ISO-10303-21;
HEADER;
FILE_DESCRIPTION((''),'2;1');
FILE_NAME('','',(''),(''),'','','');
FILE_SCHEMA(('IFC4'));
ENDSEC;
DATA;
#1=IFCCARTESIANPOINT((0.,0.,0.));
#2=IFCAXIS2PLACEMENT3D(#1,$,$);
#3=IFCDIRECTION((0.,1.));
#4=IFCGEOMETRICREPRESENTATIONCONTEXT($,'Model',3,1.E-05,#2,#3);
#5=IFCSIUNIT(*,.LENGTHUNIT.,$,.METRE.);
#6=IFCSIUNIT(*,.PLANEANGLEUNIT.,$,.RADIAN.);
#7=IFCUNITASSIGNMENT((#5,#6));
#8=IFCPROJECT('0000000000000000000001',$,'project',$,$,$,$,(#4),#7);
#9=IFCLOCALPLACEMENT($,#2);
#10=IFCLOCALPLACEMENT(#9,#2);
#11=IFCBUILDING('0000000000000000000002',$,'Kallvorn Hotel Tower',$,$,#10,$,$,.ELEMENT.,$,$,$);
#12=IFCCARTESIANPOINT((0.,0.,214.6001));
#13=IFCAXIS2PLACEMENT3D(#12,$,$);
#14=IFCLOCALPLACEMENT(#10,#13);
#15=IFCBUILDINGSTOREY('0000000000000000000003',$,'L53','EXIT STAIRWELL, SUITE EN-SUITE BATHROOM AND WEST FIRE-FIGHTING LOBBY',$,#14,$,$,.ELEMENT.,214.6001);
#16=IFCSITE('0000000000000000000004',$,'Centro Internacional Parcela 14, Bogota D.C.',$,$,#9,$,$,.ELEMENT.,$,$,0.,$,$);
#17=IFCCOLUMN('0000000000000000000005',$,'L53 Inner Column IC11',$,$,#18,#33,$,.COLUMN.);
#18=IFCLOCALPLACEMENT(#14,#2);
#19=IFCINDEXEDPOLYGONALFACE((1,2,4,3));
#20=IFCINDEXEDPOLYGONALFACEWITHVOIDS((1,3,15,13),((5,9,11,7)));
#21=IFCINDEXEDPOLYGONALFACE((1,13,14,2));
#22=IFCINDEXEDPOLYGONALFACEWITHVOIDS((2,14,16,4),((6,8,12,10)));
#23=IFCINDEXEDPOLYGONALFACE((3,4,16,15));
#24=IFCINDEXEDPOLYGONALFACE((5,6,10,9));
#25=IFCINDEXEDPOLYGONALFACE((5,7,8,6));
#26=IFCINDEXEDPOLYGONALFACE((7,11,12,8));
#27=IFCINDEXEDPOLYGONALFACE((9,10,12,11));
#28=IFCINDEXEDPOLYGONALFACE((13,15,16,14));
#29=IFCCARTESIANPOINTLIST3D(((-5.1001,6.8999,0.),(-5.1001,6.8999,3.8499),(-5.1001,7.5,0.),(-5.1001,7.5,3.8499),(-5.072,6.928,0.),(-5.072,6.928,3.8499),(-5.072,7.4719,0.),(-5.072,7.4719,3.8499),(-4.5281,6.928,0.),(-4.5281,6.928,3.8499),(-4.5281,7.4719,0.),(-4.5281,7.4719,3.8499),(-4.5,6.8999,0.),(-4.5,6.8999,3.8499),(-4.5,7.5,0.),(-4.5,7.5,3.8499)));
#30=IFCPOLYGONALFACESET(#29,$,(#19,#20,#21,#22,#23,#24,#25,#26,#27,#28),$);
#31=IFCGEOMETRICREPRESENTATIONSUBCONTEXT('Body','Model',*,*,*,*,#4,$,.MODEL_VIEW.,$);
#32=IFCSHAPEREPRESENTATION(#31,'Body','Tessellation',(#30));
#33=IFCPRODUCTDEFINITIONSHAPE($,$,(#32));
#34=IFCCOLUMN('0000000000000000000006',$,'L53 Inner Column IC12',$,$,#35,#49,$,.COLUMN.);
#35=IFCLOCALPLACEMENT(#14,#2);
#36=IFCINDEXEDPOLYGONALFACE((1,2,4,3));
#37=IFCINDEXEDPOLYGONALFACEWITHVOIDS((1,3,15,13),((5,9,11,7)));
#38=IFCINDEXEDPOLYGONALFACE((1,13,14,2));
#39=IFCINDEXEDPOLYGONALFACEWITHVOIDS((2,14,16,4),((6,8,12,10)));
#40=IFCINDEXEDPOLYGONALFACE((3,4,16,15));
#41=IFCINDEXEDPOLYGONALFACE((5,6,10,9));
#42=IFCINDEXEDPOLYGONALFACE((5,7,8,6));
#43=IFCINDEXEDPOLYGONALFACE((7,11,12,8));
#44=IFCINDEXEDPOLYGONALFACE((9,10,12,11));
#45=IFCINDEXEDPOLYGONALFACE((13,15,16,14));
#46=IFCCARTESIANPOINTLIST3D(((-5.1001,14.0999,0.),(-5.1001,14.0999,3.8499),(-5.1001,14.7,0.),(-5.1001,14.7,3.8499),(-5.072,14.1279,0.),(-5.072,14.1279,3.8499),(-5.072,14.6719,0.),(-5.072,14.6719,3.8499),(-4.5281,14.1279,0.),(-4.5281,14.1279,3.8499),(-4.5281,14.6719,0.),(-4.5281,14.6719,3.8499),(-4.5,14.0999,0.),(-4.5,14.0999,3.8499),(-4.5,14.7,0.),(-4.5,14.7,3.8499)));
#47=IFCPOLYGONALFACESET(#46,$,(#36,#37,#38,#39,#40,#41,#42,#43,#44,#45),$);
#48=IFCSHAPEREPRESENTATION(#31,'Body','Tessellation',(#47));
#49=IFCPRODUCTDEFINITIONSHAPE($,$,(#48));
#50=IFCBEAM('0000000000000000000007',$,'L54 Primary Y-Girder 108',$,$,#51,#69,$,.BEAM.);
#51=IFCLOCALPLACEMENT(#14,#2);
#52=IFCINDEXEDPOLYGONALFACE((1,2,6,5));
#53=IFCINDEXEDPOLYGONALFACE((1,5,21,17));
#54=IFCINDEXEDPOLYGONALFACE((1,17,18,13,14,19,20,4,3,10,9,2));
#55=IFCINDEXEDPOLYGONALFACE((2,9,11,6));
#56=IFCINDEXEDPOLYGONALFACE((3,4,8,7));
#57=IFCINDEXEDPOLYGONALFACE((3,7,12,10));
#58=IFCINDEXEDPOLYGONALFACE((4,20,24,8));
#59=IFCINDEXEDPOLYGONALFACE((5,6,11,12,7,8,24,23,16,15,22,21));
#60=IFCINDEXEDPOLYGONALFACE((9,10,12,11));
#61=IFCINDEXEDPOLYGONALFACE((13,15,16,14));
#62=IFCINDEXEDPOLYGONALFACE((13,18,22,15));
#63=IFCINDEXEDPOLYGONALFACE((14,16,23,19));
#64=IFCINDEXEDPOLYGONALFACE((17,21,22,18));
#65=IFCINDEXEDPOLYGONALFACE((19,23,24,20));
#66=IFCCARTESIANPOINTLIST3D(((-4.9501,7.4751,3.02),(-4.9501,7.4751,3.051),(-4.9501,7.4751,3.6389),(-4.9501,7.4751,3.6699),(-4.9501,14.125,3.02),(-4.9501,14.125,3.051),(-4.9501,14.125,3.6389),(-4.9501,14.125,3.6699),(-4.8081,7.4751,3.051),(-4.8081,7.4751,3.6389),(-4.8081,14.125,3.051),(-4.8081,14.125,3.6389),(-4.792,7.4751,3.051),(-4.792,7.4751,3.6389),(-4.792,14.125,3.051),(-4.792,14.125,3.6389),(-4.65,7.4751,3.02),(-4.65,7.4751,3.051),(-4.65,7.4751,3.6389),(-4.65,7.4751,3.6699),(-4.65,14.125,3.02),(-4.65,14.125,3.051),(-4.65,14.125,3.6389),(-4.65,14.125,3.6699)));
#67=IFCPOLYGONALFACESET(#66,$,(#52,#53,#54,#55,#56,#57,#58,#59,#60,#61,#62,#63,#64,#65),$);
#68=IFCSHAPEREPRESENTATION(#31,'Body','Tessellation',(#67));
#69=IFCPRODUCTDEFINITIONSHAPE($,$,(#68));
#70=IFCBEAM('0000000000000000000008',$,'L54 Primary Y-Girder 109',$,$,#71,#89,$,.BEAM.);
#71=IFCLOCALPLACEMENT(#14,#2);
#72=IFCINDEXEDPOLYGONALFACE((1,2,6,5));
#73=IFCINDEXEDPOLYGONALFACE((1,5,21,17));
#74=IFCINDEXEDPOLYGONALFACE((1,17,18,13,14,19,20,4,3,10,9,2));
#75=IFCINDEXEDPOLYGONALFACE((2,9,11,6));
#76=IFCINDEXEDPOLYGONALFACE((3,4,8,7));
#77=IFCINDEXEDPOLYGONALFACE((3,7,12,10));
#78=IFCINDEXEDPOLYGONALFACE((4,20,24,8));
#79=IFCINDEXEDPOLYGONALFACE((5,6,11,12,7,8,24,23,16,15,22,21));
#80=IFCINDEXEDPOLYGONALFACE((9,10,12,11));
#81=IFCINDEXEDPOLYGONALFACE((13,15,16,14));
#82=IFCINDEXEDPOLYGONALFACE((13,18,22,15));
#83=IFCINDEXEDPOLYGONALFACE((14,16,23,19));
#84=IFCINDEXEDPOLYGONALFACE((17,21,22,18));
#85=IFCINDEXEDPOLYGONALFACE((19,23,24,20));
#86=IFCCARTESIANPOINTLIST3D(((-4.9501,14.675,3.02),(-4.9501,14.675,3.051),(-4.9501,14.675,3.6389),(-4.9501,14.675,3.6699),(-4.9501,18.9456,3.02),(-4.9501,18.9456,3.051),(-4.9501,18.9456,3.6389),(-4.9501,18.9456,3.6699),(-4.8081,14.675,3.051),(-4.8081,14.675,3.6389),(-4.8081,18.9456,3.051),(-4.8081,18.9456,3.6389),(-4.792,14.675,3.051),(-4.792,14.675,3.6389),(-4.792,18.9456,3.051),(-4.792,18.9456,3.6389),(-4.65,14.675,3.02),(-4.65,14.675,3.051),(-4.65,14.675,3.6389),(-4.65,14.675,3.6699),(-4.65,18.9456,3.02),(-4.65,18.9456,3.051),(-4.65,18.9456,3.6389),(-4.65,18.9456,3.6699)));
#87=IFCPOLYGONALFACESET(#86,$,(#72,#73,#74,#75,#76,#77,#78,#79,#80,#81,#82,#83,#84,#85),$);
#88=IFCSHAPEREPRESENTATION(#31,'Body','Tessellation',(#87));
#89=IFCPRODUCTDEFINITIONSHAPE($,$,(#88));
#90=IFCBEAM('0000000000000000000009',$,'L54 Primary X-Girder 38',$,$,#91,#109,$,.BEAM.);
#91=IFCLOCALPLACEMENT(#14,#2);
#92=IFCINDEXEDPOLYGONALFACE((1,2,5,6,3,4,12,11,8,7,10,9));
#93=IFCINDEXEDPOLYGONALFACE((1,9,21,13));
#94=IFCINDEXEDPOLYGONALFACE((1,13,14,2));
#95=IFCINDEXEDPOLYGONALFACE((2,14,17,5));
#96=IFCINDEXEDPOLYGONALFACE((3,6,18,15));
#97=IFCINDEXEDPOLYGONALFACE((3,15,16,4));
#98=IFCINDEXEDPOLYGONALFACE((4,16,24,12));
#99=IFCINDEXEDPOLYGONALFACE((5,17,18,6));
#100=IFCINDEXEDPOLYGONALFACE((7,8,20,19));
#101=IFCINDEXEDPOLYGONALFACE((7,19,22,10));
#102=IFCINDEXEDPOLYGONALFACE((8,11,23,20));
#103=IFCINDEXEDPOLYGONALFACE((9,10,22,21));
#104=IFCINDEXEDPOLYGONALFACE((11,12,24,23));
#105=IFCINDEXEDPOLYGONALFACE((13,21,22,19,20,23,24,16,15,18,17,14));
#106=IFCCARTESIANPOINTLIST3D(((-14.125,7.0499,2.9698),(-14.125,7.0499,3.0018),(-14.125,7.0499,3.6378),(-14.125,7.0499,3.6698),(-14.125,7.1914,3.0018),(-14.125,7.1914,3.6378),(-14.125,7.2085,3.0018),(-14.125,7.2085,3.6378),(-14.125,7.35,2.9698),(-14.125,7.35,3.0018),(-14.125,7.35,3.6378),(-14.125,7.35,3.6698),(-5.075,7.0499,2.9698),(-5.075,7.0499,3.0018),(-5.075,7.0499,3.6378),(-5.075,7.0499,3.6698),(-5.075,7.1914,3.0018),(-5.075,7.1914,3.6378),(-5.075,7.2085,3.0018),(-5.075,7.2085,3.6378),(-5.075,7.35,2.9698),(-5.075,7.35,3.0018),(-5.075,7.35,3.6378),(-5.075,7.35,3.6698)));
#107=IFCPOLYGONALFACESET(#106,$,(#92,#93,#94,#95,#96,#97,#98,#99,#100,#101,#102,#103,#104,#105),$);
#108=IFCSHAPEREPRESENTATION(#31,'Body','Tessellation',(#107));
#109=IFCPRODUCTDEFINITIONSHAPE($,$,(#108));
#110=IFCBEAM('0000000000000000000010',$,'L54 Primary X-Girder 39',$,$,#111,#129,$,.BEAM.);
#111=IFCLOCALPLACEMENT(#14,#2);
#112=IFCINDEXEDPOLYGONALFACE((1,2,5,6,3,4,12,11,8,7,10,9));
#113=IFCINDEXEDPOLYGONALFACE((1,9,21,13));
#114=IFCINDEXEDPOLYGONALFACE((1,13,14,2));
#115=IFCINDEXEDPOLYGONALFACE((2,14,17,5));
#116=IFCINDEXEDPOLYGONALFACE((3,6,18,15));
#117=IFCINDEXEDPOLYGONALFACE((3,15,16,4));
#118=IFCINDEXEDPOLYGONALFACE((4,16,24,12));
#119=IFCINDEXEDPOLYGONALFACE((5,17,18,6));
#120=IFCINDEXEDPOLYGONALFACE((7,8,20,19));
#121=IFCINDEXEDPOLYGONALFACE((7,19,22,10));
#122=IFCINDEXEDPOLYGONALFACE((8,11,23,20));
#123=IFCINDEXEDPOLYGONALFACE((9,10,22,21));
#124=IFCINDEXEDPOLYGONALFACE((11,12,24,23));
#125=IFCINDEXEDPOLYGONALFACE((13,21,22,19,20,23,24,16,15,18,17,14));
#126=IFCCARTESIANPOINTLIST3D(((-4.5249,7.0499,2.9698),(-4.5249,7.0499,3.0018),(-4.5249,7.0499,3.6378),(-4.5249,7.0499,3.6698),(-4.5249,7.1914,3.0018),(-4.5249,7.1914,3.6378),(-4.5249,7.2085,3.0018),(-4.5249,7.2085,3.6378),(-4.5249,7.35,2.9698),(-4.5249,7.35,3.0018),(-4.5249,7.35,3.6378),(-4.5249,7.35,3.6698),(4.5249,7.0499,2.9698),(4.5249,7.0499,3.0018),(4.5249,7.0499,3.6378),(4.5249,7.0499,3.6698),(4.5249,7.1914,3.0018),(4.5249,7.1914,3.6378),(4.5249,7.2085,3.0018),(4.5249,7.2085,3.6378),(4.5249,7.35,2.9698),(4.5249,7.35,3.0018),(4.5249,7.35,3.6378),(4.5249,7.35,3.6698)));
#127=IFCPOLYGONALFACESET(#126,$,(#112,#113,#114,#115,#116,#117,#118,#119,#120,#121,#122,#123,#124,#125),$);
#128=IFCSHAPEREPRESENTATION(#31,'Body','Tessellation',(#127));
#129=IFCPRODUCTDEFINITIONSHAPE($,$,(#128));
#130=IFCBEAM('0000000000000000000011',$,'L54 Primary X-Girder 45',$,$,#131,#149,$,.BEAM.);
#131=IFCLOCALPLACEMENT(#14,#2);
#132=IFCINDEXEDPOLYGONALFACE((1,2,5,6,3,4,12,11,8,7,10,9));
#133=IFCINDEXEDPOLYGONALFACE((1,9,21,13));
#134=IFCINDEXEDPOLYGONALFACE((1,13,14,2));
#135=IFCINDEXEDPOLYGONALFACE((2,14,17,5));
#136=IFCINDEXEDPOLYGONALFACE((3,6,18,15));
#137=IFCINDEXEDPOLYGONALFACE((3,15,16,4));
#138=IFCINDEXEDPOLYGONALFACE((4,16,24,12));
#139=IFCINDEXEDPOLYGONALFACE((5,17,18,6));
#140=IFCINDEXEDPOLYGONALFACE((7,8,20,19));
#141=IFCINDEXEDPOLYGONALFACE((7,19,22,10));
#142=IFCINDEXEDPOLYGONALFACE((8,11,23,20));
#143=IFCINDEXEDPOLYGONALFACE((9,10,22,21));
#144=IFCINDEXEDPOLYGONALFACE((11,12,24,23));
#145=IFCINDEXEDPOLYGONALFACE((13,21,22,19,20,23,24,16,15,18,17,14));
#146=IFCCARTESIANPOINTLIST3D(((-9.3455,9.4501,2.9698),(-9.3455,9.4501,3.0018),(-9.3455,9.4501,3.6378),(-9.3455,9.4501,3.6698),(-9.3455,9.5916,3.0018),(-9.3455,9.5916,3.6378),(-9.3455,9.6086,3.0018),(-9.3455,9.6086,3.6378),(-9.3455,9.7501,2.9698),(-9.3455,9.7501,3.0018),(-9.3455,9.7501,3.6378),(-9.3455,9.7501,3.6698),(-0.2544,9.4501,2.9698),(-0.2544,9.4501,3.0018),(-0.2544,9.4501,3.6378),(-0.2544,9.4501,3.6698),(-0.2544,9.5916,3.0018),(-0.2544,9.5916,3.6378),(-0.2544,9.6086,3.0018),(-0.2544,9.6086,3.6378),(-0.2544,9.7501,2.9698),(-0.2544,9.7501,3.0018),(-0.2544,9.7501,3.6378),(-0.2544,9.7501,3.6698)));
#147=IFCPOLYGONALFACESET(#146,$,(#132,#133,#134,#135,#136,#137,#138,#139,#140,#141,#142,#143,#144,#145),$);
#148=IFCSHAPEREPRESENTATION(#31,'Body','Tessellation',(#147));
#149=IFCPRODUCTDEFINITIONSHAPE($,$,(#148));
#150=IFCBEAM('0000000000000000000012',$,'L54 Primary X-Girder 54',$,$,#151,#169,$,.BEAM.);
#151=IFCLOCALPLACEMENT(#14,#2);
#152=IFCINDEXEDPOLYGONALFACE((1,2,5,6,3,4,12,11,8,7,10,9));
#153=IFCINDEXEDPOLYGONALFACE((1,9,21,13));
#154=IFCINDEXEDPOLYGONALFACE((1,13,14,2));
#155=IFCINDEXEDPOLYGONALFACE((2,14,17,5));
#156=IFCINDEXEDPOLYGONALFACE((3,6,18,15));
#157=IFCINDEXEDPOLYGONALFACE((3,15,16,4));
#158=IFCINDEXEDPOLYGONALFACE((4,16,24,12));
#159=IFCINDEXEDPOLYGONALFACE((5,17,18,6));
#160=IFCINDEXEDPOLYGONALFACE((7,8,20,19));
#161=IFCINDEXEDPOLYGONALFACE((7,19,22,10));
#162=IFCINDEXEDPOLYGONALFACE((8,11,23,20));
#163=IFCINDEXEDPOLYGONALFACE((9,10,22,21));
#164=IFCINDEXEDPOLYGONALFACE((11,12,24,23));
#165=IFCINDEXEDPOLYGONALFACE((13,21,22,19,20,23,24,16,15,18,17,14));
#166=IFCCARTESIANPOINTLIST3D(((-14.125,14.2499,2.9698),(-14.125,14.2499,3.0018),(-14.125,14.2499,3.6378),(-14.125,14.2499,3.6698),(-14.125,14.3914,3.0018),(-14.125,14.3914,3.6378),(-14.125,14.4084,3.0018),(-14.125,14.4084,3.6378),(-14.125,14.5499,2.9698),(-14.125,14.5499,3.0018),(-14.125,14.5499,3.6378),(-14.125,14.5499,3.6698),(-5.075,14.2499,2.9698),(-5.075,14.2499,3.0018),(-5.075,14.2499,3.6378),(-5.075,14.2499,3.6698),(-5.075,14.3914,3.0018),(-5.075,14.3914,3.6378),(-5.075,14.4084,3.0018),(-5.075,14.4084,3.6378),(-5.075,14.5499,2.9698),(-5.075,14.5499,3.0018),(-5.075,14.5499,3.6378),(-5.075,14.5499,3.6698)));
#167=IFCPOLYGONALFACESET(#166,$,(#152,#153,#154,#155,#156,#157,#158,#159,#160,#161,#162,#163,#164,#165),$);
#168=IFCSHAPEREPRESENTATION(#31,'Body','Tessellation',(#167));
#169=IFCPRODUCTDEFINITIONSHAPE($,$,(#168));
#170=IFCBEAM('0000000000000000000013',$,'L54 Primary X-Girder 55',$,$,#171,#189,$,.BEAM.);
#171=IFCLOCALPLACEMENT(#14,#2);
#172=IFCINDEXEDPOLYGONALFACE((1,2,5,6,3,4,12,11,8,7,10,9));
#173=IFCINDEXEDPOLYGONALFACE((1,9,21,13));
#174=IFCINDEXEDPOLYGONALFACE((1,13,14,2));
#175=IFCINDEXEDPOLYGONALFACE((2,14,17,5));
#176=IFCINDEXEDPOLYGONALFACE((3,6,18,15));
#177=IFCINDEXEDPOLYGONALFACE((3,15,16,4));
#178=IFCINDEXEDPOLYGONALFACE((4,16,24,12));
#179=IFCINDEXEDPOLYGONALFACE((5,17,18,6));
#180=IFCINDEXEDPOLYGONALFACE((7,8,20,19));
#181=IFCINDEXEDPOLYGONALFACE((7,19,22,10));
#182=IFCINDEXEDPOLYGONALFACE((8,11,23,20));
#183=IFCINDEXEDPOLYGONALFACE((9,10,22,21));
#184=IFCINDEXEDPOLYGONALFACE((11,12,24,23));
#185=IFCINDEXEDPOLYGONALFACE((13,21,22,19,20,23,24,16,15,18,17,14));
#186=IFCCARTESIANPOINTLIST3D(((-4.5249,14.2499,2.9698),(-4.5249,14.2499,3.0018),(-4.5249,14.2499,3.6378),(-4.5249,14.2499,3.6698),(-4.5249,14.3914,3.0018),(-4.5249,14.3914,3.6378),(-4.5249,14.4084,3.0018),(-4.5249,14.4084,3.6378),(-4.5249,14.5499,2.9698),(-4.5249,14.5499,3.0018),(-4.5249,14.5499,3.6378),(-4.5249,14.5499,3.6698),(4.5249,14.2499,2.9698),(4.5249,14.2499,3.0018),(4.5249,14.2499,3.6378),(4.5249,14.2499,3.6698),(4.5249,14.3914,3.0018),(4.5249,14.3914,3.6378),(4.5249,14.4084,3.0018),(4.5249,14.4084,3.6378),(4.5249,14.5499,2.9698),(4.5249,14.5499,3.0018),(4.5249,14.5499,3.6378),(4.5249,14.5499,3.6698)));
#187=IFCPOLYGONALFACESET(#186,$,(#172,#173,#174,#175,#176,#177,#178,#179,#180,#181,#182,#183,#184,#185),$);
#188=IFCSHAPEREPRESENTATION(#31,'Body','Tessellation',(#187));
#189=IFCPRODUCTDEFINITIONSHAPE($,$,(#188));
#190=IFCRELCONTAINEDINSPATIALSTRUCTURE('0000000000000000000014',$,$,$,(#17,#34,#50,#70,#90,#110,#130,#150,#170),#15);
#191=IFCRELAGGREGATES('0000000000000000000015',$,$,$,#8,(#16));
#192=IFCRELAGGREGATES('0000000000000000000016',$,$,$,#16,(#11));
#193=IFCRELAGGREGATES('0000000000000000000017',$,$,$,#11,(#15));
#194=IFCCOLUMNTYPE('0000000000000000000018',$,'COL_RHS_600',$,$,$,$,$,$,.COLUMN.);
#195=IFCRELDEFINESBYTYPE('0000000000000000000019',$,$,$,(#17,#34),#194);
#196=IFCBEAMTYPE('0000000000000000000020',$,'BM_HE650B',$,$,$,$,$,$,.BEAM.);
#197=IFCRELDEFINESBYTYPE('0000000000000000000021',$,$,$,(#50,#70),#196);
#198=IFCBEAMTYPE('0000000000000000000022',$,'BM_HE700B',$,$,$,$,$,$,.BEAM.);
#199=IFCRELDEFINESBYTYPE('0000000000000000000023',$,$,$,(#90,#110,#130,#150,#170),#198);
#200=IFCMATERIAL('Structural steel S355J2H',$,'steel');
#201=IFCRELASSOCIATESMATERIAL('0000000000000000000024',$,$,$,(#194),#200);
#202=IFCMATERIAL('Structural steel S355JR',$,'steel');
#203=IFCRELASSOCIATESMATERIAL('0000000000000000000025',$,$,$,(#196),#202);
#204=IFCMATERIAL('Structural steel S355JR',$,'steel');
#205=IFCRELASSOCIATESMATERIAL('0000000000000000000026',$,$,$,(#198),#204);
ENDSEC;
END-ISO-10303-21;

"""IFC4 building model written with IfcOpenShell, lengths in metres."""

from ifc_helpers import new_model, si_unit, direction, frame, origin, origin_2d, place, context, subcontext, project, spatial, hollow_rectangle, i_section, extrude, material, material_profile, profile_set, type_object, element, save


model = new_model("IFC4")

# Units and contexts
model_context = context("Model", 3, precision=1e-05, world=origin(), true_north=direction((0.0, 1.0)))
body_context = subcontext(model_context, "Body", "Model", "MODEL_VIEW")
ifc_project = project(units=[si_unit("LENGTHUNIT", "METRE"), si_unit("PLANEANGLEUNIT", "RADIAN")], contexts=[model_context])

# Site, building, storey
site_placement = place(None, origin())
site = spatial("IfcSite", under=ifc_project, at=site_placement, Name="Centro Internacional Parcela 14, Bogota D.C.", CompositionType="ELEMENT", RefElevation=0.0)
building_placement = place(site_placement, origin())
building = spatial("IfcBuilding", under=site, at=building_placement, Name="Kallvorn Hotel Tower", CompositionType="ELEMENT")
storey_placement = place(building_placement, frame((0.0, 0.0, 214.6001)))
storey = spatial("IfcBuildingStorey", under=building, at=storey_placement, Name="L53", Description="EXIT STAIRWELL, SUITE EN-SUITE BATHROOM AND WEST FIRE-FIGHTING LOBBY", CompositionType="ELEMENT", Elevation=214.6001)

# Columns
ifc_material_1 = material(Name="Structural steel S355J2H", Category="steel")
ifc_material_profile_1 = material_profile(ifc_material_1, hollow_rectangle(XDim=0.6001, YDim=0.6001, WallThickness=0.0281, at=origin_2d()), Name="RHS 600x600x28")
ifc_profile_set_1 = profile_set([ifc_material_profile_1], Name="Structural steel S355J2H")
column_type_1 = type_object("IfcColumnType", Name="COL_RHS_600", PredefinedType="COLUMN", material=ifc_profile_set_1)
for number, where, z_axis, x_axis, name in (
    (1, (-4.8, 7.2, 0.0), (0.0, 0.0, 1.0), (1.0, 0.0, 0.0), "L53 Inner Column IC11"),
    (2, (-4.8, 14.3999, 0.0), (0.0, 0.0, 1.0), (1.0, 0.0, 0.0), "L53 Inner Column IC12"),
):
    element("IfcColumn", number, at=place(storey_placement, frame(where, z_axis=z_axis, x_axis=x_axis)), inside=storey, type_object=column_type_1, Name=name, PredefinedType="COLUMN", context=body_context, shape_type="SweptSolid", body=[
        extrude(hollow_rectangle(XDim=0.6001, YDim=0.6001, WallThickness=0.0281, at=origin_2d()), origin(), (0.0, 0.0, 1.0), 3.8499),
    ])

# Beams
ifc_material_2 = material(Name="Structural steel S355JR", Category="steel")
ifc_material_profile_2 = material_profile(ifc_material_2, i_section(OverallWidth=0.3, OverallDepth=0.6499, WebThickness=0.0161, FlangeThickness=0.031, at=origin_2d()), Name="HE 650 B")
ifc_profile_set_2 = profile_set([ifc_material_profile_2], Name="Structural steel S355JR")
beam_type_1 = type_object("IfcBeamType", Name="BM_HE650B", PredefinedType="BEAM", material=ifc_profile_set_2)
beam_1_placement = place(storey_placement, frame((-4.8, 7.4751, 3.345), z_axis=(0.0, 1.0, 0.0), x_axis=(-1.0, 0.0, 0.0)))
element("IfcBeam", 3, at=beam_1_placement, inside=storey, type_object=beam_type_1, Name="L54 Primary Y-Girder 108", PredefinedType="BEAM", context=body_context, shape_type="SweptSolid", body=[
    extrude(i_section(OverallWidth=0.3, OverallDepth=0.6499, WebThickness=0.0161, FlangeThickness=0.031, at=origin_2d()), origin(), (0.0, 0.0, 1.0), 6.6499),
])
beam_2_placement = place(storey_placement, frame((-4.8, 14.675, 3.345), z_axis=(0.0, 1.0, 0.0), x_axis=(-1.0, 0.0, 0.0)))
element("IfcBeam", 4, at=beam_2_placement, inside=storey, type_object=beam_type_1, Name="L54 Primary Y-Girder 109", PredefinedType="BEAM", context=body_context, shape_type="SweptSolid", body=[
    extrude(i_section(OverallWidth=0.3, OverallDepth=0.6499, WebThickness=0.0161, FlangeThickness=0.031, at=origin_2d()), origin(), (0.0, 0.0, 1.0), 4.2705),
])
ifc_material_3 = material(Name="Structural steel S355JR", Category="steel")
ifc_material_profile_3 = material_profile(ifc_material_3, i_section(OverallWidth=0.3, OverallDepth=0.7, WebThickness=0.0171, FlangeThickness=0.032, at=origin_2d()), Name="HE 700 B")
ifc_profile_set_3 = profile_set([ifc_material_profile_3], Name="Structural steel S355JR")
beam_type_2 = type_object("IfcBeamType", Name="BM_HE700B", PredefinedType="BEAM", material=ifc_profile_set_3)
beam_3_placement = place(storey_placement, frame((-14.125, 7.2, 3.3198), z_axis=(1.0, 0.0, 0.0), x_axis=(0.0, 1.0, 0.0)))
element("IfcBeam", 5, at=beam_3_placement, inside=storey, type_object=beam_type_2, Name="L54 Primary X-Girder 38", PredefinedType="BEAM", context=body_context, shape_type="SweptSolid", body=[
    extrude(i_section(OverallWidth=0.3, OverallDepth=0.7, WebThickness=0.0171, FlangeThickness=0.032, at=origin_2d()), origin(), (0.0, 0.0, 1.0), 9.05),
])
beam_4_placement = place(storey_placement, frame((-4.5249, 7.2, 3.3198), z_axis=(1.0, 0.0, 0.0), x_axis=(0.0, 1.0, 0.0)))
element("IfcBeam", 6, at=beam_4_placement, inside=storey, type_object=beam_type_2, Name="L54 Primary X-Girder 39", PredefinedType="BEAM", context=body_context, shape_type="SweptSolid", body=[
    extrude(i_section(OverallWidth=0.3, OverallDepth=0.7, WebThickness=0.0171, FlangeThickness=0.032, at=origin_2d()), origin(), (0.0, 0.0, 1.0), 9.0498),
])
beam_5_placement = place(storey_placement, frame((-9.3455, 9.6001, 3.3198), z_axis=(1.0, 0.0, 0.0), x_axis=(0.0, 1.0, 0.0)))
element("IfcBeam", 7, at=beam_5_placement, inside=storey, type_object=beam_type_2, Name="L54 Primary X-Girder 45", PredefinedType="BEAM", context=body_context, shape_type="SweptSolid", body=[
    extrude(i_section(OverallWidth=0.3, OverallDepth=0.7, WebThickness=0.0171, FlangeThickness=0.032, at=origin_2d()), origin(), (0.0, 0.0, 1.0), 9.0911),
])
beam_6_placement = place(storey_placement, frame((-14.125, 14.3999, 3.3198), z_axis=(1.0, 0.0, 0.0), x_axis=(0.0, 1.0, 0.0)))
element("IfcBeam", 8, at=beam_6_placement, inside=storey, type_object=beam_type_2, Name="L54 Primary X-Girder 54", PredefinedType="BEAM", context=body_context, shape_type="SweptSolid", body=[
    extrude(i_section(OverallWidth=0.3, OverallDepth=0.7, WebThickness=0.0171, FlangeThickness=0.032, at=origin_2d()), origin(), (0.0, 0.0, 1.0), 9.05),
])
beam_7_placement = place(storey_placement, frame((-4.5249, 14.3999, 3.3198), z_axis=(1.0, 0.0, 0.0), x_axis=(0.0, 1.0, 0.0)))
element("IfcBeam", 9, at=beam_7_placement, inside=storey, type_object=beam_type_2, Name="L54 Primary X-Girder 55", PredefinedType="BEAM", context=body_context, shape_type="SweptSolid", body=[
    extrude(i_section(OverallWidth=0.3, OverallDepth=0.7, WebThickness=0.0171, FlangeThickness=0.032, at=origin_2d()), origin(), (0.0, 0.0, 1.0), 9.0498),
])

save(model, "model.ifc")
